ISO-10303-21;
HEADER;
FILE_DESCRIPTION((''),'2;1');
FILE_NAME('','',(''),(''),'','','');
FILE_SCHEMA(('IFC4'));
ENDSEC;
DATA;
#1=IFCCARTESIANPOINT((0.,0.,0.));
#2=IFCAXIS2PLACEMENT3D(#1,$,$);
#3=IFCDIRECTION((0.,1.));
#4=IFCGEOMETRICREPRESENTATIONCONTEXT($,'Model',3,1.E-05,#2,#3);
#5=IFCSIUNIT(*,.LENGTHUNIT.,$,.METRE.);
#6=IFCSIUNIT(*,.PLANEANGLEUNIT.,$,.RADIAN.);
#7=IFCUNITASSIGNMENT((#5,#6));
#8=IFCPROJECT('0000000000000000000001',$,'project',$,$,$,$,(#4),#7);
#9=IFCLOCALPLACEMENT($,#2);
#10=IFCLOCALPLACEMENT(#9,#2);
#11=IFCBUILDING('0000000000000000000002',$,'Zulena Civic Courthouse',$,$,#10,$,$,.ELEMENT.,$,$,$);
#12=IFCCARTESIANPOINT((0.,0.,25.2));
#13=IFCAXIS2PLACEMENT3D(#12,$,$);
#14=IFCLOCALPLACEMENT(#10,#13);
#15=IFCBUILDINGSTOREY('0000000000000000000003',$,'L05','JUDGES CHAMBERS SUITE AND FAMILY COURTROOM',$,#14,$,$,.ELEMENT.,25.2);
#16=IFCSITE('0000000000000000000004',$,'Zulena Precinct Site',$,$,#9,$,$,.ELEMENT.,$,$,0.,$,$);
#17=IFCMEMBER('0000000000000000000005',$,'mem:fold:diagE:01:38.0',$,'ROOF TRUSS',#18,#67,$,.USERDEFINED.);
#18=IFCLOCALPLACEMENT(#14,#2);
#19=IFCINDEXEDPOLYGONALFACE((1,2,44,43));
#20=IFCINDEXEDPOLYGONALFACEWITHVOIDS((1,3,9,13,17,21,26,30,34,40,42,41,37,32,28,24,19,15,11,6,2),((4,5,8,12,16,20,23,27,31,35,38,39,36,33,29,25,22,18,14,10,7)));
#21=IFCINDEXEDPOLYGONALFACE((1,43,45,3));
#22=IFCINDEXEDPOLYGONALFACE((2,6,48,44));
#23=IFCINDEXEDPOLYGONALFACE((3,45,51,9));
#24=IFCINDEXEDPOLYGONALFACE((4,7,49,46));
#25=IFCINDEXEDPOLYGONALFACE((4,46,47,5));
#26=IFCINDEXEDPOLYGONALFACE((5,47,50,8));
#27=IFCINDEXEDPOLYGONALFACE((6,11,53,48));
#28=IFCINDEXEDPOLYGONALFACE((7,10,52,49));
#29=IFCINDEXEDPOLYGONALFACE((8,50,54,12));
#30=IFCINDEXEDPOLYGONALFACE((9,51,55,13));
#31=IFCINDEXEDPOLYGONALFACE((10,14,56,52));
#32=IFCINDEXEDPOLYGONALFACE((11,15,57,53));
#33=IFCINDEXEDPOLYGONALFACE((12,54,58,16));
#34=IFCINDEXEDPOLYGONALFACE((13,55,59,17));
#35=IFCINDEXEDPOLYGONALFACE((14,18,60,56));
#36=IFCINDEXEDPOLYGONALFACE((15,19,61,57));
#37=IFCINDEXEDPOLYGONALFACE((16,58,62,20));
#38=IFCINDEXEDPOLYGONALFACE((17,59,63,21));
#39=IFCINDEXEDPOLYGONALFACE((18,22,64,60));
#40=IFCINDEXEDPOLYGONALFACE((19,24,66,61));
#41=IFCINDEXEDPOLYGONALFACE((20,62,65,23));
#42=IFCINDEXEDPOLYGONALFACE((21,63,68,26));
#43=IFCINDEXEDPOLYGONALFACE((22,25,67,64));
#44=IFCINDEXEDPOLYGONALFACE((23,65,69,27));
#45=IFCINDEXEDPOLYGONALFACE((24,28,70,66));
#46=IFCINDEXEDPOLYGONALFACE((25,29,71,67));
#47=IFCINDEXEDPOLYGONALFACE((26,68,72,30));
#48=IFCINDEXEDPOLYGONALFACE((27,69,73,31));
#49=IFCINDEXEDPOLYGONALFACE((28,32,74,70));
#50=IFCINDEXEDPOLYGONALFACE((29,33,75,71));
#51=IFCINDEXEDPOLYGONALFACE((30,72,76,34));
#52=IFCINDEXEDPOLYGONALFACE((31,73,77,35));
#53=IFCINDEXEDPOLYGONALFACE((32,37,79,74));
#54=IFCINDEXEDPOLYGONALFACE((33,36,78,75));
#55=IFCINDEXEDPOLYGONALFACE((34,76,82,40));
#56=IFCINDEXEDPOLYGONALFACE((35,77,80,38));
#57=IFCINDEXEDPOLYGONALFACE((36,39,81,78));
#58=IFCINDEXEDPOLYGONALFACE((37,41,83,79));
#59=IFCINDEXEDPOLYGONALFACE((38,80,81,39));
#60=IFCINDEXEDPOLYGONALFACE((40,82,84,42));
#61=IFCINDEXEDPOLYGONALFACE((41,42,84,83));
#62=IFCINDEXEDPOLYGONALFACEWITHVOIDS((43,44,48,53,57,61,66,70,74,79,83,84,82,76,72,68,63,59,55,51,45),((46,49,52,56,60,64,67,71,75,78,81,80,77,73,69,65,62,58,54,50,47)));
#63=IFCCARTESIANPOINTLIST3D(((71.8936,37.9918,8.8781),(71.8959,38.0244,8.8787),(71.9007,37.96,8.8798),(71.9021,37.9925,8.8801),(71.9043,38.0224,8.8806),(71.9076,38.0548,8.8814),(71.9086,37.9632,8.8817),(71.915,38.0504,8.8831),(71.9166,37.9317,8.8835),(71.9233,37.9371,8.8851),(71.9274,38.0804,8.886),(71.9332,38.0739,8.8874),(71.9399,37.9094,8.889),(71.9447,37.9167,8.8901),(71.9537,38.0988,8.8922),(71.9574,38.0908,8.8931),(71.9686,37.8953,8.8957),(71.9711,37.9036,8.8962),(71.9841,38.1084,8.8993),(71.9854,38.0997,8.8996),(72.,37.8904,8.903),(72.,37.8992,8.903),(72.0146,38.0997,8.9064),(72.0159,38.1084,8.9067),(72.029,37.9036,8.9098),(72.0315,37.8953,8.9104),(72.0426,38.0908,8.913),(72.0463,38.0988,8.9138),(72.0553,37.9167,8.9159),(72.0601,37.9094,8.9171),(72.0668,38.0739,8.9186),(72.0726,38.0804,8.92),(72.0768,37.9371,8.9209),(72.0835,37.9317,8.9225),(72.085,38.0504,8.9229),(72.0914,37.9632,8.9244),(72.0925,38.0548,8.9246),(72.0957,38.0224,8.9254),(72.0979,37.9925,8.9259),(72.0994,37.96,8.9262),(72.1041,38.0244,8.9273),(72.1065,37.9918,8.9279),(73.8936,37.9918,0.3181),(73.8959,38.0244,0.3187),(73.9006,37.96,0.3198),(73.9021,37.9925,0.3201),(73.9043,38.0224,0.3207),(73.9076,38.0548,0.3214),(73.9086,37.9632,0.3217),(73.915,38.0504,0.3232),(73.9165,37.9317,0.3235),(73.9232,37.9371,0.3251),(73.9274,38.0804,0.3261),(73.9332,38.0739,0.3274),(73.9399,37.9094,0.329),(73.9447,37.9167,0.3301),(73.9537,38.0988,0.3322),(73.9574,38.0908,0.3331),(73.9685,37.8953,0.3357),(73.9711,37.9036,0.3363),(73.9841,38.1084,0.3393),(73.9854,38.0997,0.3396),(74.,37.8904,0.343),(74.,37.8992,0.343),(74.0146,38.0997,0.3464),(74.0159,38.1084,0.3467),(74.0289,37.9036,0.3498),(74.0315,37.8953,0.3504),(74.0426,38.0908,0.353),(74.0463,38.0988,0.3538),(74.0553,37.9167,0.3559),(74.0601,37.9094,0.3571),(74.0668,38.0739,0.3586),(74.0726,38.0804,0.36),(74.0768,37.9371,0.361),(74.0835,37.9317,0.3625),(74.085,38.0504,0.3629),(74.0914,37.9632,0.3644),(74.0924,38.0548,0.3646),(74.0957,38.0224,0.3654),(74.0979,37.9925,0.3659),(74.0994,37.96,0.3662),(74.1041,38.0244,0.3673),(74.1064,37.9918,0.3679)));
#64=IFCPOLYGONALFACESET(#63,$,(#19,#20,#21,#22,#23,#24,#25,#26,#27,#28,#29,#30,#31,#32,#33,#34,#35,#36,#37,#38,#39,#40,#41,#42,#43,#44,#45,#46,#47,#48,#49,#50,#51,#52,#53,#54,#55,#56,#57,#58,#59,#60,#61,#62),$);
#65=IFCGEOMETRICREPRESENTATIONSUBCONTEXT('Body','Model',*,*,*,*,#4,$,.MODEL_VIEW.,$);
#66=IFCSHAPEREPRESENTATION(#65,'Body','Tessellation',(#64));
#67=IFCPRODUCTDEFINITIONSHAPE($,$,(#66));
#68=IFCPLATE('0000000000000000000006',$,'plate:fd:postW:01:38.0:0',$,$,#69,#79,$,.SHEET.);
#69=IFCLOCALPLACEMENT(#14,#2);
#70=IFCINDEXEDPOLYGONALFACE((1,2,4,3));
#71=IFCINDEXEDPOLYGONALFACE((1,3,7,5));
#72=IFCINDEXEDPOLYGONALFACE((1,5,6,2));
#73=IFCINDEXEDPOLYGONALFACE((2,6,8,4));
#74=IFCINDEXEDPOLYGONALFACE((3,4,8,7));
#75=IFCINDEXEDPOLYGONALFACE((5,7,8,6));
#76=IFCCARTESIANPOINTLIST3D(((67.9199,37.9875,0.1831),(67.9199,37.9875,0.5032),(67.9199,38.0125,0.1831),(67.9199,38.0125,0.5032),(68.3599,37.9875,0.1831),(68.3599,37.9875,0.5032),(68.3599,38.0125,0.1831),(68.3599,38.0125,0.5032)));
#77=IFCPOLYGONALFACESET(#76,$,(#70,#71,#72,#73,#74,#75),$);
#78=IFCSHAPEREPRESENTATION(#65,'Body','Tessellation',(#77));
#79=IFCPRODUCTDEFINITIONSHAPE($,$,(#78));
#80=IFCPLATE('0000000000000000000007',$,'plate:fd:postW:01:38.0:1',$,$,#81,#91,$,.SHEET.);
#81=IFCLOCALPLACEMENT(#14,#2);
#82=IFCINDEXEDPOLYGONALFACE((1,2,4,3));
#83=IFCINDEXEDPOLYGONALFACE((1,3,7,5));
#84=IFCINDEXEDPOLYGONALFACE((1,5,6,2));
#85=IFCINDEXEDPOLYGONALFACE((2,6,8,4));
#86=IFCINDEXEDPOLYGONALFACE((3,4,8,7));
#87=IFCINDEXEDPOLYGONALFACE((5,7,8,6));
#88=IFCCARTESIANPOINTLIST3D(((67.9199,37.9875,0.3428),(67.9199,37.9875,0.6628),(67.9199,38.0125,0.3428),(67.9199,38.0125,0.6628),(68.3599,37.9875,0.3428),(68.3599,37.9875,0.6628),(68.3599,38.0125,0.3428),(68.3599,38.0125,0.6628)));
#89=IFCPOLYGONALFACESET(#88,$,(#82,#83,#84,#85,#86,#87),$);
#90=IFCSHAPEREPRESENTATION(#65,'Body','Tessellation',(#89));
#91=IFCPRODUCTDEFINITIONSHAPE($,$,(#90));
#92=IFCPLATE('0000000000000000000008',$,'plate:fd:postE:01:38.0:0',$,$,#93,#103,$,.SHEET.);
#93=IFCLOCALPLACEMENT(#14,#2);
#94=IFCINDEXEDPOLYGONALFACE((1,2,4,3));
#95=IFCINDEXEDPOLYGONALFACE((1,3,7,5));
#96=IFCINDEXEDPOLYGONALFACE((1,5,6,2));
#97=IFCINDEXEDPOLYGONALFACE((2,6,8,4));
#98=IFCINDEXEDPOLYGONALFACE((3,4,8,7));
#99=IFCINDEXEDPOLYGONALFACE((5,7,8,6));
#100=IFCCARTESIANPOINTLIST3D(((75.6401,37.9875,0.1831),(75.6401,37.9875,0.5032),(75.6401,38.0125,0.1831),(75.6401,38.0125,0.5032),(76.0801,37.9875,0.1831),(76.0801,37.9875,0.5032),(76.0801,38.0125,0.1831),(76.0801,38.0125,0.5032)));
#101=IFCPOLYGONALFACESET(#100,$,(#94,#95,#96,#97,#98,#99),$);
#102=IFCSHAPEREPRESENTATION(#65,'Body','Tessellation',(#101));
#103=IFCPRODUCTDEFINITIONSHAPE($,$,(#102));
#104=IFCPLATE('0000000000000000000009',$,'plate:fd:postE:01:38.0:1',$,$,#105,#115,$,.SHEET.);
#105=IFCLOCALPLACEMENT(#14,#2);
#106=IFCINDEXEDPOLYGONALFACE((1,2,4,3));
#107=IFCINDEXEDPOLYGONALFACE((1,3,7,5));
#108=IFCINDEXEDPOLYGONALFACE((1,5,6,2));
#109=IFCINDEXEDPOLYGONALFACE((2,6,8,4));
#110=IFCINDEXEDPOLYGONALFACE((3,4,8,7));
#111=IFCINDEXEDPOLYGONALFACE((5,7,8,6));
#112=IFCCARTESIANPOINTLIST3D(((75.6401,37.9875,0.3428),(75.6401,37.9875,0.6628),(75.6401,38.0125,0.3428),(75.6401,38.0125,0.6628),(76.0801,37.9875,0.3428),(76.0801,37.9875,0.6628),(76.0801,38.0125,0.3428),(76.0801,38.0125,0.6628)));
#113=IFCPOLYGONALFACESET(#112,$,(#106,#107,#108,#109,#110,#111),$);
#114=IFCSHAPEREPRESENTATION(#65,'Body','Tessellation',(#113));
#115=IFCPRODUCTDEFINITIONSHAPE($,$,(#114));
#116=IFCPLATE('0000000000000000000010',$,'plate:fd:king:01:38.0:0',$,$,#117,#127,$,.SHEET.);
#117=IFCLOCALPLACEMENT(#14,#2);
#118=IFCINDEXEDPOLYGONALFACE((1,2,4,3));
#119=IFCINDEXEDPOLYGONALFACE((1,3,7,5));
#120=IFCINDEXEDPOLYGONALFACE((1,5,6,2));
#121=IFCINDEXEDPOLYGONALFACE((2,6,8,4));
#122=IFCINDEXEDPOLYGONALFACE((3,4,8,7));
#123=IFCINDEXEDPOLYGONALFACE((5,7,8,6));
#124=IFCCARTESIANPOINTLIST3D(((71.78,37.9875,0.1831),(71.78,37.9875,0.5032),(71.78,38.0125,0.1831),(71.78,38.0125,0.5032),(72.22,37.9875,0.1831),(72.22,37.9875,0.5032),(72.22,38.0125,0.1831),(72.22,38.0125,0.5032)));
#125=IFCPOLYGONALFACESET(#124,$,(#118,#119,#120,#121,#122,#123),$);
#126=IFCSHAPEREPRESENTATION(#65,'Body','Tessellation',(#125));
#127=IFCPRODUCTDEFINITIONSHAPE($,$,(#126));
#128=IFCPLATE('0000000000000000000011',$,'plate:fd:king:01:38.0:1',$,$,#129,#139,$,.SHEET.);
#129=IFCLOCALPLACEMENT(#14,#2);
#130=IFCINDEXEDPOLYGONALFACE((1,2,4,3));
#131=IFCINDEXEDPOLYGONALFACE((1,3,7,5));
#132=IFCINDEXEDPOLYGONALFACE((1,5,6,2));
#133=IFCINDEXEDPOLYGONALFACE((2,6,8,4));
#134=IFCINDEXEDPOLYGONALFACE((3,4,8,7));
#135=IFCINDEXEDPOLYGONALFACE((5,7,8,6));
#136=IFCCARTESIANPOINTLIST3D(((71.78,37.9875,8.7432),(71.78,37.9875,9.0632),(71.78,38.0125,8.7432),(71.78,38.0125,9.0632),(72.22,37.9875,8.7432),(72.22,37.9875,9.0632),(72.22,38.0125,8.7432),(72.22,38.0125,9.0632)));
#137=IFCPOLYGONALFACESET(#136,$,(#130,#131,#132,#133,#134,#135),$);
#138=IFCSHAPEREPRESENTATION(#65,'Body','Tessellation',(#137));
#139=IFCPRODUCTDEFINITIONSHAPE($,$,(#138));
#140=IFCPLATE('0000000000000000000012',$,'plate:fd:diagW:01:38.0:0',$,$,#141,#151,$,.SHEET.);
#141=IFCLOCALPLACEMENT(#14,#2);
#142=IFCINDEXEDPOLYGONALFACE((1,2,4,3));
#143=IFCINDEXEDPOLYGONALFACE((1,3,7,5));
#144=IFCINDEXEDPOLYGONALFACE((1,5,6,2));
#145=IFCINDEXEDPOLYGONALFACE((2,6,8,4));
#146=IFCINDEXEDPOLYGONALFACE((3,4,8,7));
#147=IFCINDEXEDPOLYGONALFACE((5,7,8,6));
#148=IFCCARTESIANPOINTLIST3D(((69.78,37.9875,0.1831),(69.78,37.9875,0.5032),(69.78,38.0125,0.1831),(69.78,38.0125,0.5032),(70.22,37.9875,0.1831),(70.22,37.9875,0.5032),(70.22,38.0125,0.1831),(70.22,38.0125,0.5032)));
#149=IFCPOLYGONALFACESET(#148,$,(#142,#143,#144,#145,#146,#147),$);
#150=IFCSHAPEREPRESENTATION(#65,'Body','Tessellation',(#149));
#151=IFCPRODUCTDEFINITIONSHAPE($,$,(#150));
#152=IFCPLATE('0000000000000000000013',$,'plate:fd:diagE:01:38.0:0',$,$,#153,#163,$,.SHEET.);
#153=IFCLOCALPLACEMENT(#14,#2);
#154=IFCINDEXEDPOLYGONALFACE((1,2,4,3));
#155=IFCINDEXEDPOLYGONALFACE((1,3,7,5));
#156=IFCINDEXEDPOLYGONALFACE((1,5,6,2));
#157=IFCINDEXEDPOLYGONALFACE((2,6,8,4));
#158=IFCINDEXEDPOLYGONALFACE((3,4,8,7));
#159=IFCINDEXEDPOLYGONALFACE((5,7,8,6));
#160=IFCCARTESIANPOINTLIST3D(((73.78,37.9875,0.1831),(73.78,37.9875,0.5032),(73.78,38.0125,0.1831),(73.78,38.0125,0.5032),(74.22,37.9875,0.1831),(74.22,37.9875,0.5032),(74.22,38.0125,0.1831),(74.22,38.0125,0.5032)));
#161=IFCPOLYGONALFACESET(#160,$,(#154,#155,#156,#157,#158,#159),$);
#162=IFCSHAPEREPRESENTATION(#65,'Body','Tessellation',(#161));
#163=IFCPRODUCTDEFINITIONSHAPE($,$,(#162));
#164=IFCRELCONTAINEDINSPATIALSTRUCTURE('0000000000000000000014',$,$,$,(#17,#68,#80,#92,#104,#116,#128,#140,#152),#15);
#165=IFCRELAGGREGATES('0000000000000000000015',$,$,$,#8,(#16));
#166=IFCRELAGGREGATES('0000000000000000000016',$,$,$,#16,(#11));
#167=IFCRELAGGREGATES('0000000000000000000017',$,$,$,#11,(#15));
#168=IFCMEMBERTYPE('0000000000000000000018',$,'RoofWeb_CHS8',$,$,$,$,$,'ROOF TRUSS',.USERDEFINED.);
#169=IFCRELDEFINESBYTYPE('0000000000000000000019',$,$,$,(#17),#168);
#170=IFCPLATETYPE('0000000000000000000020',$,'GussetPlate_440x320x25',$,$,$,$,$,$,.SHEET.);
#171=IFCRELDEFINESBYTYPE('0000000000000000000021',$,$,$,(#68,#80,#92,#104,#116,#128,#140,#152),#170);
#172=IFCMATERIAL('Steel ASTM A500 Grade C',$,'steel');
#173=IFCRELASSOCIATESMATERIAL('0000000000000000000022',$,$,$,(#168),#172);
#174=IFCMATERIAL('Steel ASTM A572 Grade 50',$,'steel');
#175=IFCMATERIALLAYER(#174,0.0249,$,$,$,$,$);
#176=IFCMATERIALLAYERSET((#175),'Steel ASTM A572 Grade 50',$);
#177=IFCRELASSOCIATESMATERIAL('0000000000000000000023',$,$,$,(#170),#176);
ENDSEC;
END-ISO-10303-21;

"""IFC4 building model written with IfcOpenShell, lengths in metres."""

from ifc_helpers import new_model, si_unit, direction, frame, origin, origin_2d, place, context, subcontext, project, spatial, rectangle, hollow_circle, extrude, material, layer, layer_set, material_profile, profile_set, type_object, element, save


model = new_model("IFC4")

# Units and contexts
model_context = context("Model", 3, precision=1e-05, world=origin(), true_north=direction((0.0, 1.0)))
body_context = subcontext(model_context, "Body", "Model", "MODEL_VIEW")
ifc_project = project(units=[si_unit("LENGTHUNIT", "METRE"), si_unit("PLANEANGLEUNIT", "RADIAN")], contexts=[model_context])

# Site, building, storey
site_placement = place(None, origin())
site = spatial("IfcSite", under=ifc_project, at=site_placement, Name="Zulena Precinct Site", CompositionType="ELEMENT", RefElevation=0.0)
building_placement = place(site_placement, origin())
building = spatial("IfcBuilding", under=site, at=building_placement, Name="Zulena Civic Courthouse", CompositionType="ELEMENT")
storey_placement = place(building_placement, frame((0.0, 0.0, 25.2)))
storey = spatial("IfcBuildingStorey", under=building, at=storey_placement, Name="L05", Description="JUDGES CHAMBERS SUITE AND FAMILY COURTROOM", CompositionType="ELEMENT", Elevation=25.2)

# Member
ifc_material_1 = material(Name="Steel ASTM A500 Grade C", Category="steel")
ifc_material_profile_1 = material_profile(ifc_material_1, hollow_circle(Radius=0.1096, WallThickness=0.0088, at=origin_2d()), Name="HSS8.625X0.375")
ifc_profile_set_1 = profile_set([ifc_material_profile_1], Name="Steel ASTM A500 Grade C")
member_type_1 = type_object("IfcMemberType", Name="RoofWeb_CHS8", ElementType="ROOF TRUSS", PredefinedType="USERDEFINED", material=ifc_profile_set_1)
for number, where, z_axis, x_axis, name in (
    (1, (74.0, 38.0, 0.343), (-0.227516, 0.0, 0.973774), (0.0, -1.0, 0.0), "mem:fold:diagE:01:38.0"),
):
    element("IfcMember", number, at=place(storey_placement, frame(where, z_axis=z_axis, x_axis=x_axis)), inside=storey, type_object=member_type_1, Name=name, ObjectType="ROOF TRUSS", PredefinedType="USERDEFINED", context=body_context, shape_type="SweptSolid", body=[
        extrude(hollow_circle(Radius=0.1096, WallThickness=0.0088, at=origin_2d()), origin(), (0.0, 0.0, 1.0), 8.7905),
    ])

# Plates
ifc_material_2 = material(Name="Steel ASTM A572 Grade 50", Category="steel")
ifc_layer = layer(ifc_material_2, 0.0249)
ifc_layer_set = layer_set([ifc_layer], Name="Steel ASTM A572 Grade 50")
plate_type = type_object("IfcPlateType", Name="GussetPlate_440x320x25", PredefinedType="SHEET", material=ifc_layer_set)
for number, where, z_axis, x_axis, name in (
    (2, (68.1399, 38.0, 0.1831), (0.0, 0.0, 1.0), (1.0, 0.0, 0.0), "plate:fd:postW:01:38.0:0"),
    (3, (68.1399, 38.0, 0.3428), (0.0, 0.0, 1.0), (1.0, 0.0, 0.0), "plate:fd:postW:01:38.0:1"),
    (4, (75.8601, 38.0, 0.1831), (0.0, 0.0, 1.0), (1.0, 0.0, 0.0), "plate:fd:postE:01:38.0:0"),
    (5, (75.8601, 38.0, 0.3428), (0.0, 0.0, 1.0), (1.0, 0.0, 0.0), "plate:fd:postE:01:38.0:1"),
    (6, (72.0, 38.0, 0.1831), (0.0, 0.0, 1.0), (1.0, 0.0, 0.0), "plate:fd:king:01:38.0:0"),
    (7, (72.0, 38.0, 8.7432), (0.0, 0.0, 1.0), (1.0, 0.0, 0.0), "plate:fd:king:01:38.0:1"),
    (8, (70.0, 38.0, 0.1831), (0.0, 0.0, 1.0), (1.0, 0.0, 0.0), "plate:fd:diagW:01:38.0:0"),
    (9, (74.0, 38.0, 0.1831), (0.0, 0.0, 1.0), (1.0, 0.0, 0.0), "plate:fd:diagE:01:38.0:0"),
):
    element("IfcPlate", number, at=place(storey_placement, frame(where, z_axis=z_axis, x_axis=x_axis)), inside=storey, type_object=plate_type, Name=name, PredefinedType="SHEET", context=body_context, shape_type="SweptSolid", body=[
        extrude(rectangle(XDim=0.4399, YDim=0.0249, at=origin_2d()), origin(), (0.0, 0.0, 1.0), 0.3201),
    ])

save(model, "model.ifc")
